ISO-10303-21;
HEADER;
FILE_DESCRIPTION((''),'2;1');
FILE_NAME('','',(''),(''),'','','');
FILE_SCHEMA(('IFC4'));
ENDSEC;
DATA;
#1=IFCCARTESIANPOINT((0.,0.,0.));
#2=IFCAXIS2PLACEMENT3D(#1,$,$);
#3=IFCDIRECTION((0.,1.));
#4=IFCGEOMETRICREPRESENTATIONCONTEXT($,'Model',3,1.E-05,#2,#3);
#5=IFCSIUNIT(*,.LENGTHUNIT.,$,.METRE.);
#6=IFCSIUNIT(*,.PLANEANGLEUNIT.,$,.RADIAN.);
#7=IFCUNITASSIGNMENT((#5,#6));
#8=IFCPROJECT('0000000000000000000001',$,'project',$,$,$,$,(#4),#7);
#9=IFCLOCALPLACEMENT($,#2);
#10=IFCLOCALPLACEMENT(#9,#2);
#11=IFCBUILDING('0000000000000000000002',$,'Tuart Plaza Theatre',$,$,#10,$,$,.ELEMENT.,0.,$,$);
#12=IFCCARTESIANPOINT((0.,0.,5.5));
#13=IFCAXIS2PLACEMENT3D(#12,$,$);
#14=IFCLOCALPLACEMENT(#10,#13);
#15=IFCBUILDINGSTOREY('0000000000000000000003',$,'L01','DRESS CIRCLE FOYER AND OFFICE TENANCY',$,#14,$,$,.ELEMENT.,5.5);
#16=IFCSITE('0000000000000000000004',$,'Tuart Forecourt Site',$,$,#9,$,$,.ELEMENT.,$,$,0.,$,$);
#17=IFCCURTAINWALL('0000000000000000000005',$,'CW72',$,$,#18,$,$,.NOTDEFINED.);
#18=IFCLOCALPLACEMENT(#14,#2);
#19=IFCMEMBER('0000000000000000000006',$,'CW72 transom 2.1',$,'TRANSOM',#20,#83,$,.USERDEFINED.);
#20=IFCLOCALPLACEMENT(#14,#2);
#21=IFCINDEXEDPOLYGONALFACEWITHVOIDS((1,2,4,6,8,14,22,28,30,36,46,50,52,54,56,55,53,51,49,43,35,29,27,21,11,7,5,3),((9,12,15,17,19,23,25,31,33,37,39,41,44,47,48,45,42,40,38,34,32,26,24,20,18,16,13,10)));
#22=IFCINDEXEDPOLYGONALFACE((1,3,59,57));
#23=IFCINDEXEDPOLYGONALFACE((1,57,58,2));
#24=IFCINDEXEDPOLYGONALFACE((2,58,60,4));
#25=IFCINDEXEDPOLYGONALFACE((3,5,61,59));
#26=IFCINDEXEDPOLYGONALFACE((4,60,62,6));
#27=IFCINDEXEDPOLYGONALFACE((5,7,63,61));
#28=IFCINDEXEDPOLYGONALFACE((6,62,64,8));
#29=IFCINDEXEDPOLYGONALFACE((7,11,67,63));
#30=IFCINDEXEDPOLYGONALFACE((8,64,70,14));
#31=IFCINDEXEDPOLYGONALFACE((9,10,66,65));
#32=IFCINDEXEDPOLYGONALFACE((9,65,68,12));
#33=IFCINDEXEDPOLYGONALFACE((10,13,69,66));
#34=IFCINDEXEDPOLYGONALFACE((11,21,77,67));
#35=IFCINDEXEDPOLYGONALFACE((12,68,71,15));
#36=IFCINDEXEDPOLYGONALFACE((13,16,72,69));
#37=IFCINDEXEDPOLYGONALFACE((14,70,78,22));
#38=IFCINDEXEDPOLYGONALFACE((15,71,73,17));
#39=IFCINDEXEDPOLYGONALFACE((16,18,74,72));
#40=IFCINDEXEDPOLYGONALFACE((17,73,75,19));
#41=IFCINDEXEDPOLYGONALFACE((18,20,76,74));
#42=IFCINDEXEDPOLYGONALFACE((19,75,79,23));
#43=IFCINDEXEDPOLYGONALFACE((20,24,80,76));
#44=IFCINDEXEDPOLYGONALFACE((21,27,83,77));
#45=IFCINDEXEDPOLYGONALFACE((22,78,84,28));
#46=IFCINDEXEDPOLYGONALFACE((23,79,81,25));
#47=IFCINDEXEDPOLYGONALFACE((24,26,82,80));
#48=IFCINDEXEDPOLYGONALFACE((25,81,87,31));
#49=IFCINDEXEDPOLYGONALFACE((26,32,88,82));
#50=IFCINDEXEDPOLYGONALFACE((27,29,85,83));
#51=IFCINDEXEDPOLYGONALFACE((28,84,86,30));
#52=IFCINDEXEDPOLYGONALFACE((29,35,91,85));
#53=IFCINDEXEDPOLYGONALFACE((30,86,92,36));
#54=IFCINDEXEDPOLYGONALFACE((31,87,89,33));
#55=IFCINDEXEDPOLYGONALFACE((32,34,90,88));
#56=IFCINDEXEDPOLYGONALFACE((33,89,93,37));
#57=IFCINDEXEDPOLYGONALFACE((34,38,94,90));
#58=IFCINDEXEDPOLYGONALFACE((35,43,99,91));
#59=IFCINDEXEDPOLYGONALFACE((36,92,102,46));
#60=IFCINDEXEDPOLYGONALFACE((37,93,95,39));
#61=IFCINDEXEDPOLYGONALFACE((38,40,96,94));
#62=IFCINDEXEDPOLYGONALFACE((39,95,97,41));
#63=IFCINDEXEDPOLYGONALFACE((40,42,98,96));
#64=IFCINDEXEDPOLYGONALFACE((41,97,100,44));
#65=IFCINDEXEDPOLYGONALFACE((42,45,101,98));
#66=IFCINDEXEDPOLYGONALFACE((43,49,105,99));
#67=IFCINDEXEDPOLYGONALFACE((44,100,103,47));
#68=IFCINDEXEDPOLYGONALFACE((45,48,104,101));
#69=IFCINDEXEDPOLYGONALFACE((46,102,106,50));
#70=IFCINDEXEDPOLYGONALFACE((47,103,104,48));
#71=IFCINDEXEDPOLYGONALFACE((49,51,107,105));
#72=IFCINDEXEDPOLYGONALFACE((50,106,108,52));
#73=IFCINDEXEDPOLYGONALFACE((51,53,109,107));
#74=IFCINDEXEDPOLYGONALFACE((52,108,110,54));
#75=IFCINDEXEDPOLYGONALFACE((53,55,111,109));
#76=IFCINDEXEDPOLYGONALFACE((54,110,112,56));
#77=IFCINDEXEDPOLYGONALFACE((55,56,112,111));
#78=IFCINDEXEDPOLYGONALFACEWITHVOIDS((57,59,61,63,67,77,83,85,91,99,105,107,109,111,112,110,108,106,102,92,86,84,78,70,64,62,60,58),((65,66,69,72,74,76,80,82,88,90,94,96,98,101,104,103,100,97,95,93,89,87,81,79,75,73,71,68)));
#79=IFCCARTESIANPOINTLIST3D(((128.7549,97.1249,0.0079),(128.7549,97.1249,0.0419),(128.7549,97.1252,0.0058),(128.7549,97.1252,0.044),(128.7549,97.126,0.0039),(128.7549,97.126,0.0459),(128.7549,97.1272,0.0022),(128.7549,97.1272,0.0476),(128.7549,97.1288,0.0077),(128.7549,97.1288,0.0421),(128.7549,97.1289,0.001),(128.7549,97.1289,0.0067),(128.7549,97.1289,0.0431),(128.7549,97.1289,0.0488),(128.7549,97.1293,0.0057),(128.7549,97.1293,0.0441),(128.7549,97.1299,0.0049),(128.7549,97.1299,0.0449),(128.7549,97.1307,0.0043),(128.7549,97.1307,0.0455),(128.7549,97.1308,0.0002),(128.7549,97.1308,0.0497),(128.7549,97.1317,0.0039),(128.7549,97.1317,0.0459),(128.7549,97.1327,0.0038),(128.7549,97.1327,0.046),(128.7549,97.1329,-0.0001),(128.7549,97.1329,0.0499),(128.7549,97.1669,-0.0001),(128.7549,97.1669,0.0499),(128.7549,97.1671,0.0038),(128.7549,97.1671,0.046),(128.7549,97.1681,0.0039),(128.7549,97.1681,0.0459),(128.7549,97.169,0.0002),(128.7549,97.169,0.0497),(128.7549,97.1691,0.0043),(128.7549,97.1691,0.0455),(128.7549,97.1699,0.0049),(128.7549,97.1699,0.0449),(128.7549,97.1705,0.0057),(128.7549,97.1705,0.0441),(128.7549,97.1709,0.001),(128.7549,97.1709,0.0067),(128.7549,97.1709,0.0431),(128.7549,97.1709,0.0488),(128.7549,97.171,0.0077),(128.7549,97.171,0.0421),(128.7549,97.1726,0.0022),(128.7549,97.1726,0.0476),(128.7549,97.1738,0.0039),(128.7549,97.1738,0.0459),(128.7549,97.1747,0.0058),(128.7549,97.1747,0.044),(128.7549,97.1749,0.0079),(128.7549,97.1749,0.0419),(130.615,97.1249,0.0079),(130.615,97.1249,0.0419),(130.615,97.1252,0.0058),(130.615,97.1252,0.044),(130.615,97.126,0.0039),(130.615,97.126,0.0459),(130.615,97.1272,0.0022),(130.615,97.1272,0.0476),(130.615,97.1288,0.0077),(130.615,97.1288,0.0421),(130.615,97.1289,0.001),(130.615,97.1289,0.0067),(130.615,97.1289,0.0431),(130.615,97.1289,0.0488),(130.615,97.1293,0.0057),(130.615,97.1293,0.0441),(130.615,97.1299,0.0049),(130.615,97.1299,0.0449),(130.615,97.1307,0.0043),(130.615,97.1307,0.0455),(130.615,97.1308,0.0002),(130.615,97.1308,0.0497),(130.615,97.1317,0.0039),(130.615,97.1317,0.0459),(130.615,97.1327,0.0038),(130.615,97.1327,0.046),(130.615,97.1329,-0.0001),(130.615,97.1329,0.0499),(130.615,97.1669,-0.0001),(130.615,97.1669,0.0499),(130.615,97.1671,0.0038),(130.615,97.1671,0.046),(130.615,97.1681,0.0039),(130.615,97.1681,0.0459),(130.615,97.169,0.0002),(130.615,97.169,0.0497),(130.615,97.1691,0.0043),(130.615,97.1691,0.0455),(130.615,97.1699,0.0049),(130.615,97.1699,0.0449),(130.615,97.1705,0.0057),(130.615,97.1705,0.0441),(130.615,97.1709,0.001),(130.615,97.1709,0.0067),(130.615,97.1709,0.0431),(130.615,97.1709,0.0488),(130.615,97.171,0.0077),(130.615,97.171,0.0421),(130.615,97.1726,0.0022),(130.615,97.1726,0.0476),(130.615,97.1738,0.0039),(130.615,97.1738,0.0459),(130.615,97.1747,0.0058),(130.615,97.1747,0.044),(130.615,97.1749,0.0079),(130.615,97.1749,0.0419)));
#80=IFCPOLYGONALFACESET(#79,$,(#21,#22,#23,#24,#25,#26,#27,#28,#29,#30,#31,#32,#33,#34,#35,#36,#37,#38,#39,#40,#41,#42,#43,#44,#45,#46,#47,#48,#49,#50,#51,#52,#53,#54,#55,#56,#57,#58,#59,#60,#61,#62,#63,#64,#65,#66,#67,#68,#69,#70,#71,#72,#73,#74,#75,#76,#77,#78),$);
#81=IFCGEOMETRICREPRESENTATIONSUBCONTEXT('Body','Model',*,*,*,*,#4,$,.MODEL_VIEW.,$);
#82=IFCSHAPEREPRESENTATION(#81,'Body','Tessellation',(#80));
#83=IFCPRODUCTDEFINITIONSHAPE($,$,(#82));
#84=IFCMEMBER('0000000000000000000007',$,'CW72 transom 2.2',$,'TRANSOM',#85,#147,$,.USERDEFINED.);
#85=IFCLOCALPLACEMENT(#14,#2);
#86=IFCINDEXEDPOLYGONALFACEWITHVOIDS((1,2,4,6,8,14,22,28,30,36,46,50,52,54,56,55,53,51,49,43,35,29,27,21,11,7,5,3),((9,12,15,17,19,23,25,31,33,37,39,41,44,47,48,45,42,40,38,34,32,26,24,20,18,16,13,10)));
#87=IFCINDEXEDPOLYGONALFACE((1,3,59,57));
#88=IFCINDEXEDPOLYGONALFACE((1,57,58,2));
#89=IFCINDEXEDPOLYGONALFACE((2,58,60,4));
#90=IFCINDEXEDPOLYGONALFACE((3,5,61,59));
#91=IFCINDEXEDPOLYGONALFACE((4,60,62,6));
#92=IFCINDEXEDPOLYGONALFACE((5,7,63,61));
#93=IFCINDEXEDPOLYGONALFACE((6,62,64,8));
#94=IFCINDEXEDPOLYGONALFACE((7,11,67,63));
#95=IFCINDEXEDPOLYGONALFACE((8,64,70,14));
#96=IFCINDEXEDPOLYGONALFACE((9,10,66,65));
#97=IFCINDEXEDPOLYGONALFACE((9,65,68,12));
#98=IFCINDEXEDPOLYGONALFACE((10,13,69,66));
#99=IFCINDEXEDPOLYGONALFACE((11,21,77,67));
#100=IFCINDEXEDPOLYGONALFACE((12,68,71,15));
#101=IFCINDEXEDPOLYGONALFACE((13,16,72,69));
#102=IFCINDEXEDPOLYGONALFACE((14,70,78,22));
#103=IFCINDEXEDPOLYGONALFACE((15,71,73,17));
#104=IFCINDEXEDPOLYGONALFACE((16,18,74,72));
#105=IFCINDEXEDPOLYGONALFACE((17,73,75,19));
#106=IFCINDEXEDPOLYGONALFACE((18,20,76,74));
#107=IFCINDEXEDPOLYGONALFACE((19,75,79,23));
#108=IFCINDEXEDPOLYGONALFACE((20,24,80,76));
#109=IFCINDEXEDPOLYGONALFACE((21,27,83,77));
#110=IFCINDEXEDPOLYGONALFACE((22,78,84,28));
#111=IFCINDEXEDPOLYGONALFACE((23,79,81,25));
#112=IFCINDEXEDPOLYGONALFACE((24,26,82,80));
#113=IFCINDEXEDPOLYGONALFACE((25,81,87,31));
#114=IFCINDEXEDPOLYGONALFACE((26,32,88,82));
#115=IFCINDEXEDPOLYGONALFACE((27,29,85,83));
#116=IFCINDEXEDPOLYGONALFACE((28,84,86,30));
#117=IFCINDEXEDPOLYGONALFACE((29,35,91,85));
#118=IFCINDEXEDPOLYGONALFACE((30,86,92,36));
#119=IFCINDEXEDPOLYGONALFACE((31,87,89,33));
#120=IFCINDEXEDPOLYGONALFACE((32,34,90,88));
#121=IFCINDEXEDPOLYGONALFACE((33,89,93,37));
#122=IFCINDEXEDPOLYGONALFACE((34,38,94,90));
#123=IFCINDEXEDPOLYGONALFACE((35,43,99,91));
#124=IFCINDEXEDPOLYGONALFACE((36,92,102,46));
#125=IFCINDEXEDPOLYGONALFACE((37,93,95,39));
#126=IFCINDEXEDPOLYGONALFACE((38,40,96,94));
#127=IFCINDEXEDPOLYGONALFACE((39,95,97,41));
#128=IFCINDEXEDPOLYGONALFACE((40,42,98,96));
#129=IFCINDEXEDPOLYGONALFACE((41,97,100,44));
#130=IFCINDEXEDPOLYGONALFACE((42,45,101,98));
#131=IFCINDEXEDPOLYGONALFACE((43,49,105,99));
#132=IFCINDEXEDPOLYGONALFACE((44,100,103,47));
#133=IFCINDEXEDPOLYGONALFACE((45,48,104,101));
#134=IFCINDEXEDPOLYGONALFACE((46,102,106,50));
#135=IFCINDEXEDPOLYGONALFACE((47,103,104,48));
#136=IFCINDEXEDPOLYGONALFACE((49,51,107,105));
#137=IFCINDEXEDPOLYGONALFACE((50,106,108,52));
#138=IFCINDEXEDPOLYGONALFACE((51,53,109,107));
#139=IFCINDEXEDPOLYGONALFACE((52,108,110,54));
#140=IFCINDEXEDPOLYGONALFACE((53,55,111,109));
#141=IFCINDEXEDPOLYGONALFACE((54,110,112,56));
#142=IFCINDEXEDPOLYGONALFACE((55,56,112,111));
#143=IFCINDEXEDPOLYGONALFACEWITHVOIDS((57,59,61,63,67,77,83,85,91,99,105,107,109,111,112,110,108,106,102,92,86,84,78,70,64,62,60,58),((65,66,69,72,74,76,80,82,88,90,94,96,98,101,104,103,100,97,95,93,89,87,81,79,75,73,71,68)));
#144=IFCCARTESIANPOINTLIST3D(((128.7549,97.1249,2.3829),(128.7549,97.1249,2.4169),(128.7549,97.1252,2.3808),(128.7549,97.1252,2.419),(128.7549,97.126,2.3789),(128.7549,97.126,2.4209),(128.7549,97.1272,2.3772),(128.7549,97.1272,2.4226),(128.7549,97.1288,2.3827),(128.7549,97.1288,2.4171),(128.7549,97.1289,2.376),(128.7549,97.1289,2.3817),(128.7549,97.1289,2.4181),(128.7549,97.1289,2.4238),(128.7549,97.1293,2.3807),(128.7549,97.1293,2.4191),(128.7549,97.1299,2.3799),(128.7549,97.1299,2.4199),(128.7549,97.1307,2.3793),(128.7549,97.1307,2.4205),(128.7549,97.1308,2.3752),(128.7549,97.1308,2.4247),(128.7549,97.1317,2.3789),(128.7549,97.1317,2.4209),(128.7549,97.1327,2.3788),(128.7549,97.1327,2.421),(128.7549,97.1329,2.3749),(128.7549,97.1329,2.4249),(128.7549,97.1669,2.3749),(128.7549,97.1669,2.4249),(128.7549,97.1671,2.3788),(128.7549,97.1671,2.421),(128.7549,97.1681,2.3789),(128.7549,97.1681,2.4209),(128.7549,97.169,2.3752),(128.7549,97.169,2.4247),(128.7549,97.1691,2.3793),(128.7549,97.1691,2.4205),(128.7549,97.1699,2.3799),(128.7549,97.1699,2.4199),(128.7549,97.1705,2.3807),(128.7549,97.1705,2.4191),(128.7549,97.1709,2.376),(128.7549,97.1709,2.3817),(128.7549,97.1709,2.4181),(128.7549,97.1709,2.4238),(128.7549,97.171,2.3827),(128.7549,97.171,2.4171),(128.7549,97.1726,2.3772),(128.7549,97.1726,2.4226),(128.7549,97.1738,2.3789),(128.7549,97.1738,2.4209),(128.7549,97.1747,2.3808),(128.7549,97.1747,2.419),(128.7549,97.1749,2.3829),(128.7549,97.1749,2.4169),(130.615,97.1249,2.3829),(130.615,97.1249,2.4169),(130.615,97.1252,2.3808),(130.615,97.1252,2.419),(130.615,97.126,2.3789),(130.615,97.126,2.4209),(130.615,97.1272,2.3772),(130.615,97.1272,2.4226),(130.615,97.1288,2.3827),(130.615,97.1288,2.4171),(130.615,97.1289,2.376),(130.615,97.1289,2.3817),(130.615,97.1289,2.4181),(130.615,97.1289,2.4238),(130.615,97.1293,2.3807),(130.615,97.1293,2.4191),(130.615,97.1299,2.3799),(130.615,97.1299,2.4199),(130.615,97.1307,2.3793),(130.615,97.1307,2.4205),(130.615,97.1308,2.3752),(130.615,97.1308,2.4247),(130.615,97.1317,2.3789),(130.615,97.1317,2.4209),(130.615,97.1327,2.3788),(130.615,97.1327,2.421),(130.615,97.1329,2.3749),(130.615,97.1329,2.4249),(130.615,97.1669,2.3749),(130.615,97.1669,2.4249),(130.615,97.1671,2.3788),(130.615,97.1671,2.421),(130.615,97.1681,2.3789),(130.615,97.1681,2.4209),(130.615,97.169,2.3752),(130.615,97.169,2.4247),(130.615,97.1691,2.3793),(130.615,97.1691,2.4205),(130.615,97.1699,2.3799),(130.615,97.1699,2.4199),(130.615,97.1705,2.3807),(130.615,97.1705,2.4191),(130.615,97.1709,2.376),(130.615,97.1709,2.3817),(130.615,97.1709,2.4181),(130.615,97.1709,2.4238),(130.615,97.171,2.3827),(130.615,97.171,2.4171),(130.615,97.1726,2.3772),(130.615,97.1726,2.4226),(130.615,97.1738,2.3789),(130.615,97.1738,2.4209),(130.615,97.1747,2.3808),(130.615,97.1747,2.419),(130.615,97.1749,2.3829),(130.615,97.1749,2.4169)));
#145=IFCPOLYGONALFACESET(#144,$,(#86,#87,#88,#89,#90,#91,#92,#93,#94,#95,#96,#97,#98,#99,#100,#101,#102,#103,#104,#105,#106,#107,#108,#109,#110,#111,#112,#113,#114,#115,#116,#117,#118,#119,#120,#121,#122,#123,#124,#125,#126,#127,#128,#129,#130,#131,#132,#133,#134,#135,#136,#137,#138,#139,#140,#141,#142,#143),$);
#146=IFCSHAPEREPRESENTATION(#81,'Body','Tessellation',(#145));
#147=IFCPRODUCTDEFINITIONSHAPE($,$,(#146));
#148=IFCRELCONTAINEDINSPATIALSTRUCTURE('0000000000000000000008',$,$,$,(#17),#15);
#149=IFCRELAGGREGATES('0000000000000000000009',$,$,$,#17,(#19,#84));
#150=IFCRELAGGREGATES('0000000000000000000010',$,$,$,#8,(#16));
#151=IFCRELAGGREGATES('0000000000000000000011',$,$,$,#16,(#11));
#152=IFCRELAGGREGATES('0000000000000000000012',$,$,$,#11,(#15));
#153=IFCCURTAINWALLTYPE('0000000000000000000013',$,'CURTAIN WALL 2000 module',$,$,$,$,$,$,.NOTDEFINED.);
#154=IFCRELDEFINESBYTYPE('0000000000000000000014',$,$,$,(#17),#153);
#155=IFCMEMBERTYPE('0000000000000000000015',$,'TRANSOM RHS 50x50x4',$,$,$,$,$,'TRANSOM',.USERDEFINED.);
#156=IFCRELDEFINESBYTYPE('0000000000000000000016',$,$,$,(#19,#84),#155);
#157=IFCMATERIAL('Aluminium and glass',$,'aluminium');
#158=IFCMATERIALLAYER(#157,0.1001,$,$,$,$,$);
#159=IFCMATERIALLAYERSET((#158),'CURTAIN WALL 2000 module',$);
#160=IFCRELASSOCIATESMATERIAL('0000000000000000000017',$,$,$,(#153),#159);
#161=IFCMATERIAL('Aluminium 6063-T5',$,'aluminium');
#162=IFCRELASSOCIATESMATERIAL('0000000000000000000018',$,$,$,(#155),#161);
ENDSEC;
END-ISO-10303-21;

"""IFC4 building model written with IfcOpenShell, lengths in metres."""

from ifc_helpers import new_model, si_unit, direction, frame, origin, origin_2d, place, context, subcontext, project, spatial, hollow_rectangle, extrude, material, layer, layer_set, material_profile, profile_set, type_object, element, aggregate, save


model = new_model("IFC4")

# Units and contexts
model_context = context("Model", 3, precision=1e-05, world=origin(), true_north=direction((0.0, 1.0)))
body_context = subcontext(model_context, "Body", "Model", "MODEL_VIEW")
ifc_project = project(units=[si_unit("LENGTHUNIT", "METRE"), si_unit("PLANEANGLEUNIT", "RADIAN")], contexts=[model_context])

# Site, building, storey
site_placement = place(None, origin())
site = spatial("IfcSite", under=ifc_project, at=site_placement, Name="Tuart Forecourt Site", CompositionType="ELEMENT", RefElevation=0.0)
building_placement = place(site_placement, origin())
building = spatial("IfcBuilding", under=site, at=building_placement, Name="Tuart Plaza Theatre", CompositionType="ELEMENT", ElevationOfRefHeight=0.0)
storey_placement = place(building_placement, frame((0.0, 0.0, 5.5)))
storey = spatial("IfcBuildingStorey", under=building, at=storey_placement, Name="L01", Description="DRESS CIRCLE FOYER AND OFFICE TENANCY", CompositionType="ELEMENT", Elevation=5.5)

# Curtain wall, members
ifc_material_1 = material(Name="Aluminium and glass", Category="aluminium")
ifc_layer_1 = layer(ifc_material_1, 0.1001)
ifc_layer_set_1 = layer_set([ifc_layer_1], Name="CURTAIN WALL 2000 module")
curtain_wall_type = type_object("IfcCurtainWallType", Name="CURTAIN WALL 2000 module", PredefinedType="NOTDEFINED", material=ifc_layer_set_1)
curtain_wall_placement = place(storey_placement, origin())
curtain_wall = element("IfcCurtainWall", 1, at=curtain_wall_placement, inside=storey, type_object=curtain_wall_type, Name="CW72", PredefinedType="NOTDEFINED")
ifc_material_2 = material(Name="Aluminium 6063-T5", Category="aluminium")
ifc_material_profile_1 = material_profile(ifc_material_2, hollow_rectangle(XDim=0.05, YDim=0.05, WallThickness=0.0039, InnerFilletRadius=0.0039, OuterFilletRadius=0.0081, at=origin_2d()), Name="RHS 50x50x4")
ifc_profile_set_1 = profile_set([ifc_material_profile_1], Name="Aluminium 6063-T5")
member_type_1 = type_object("IfcMemberType", Name="TRANSOM RHS 50x50x4", ElementType="TRANSOM", PredefinedType="USERDEFINED", material=ifc_profile_set_1)
member_1_placement = place(storey_placement, frame((130.615, 97.1499, 0.0249), z_axis=(-1.0, 0.0, 0.0), x_axis=(0.0, -1.0, 0.0)))
member_1 = element("IfcMember", 2, at=member_1_placement, type_object=member_type_1, Name="CW72 transom 2.1", ObjectType="TRANSOM", PredefinedType="USERDEFINED", context=body_context, shape_type="SweptSolid", body=[
    extrude(hollow_rectangle(XDim=0.05, YDim=0.05, WallThickness=0.0039, InnerFilletRadius=0.0039, OuterFilletRadius=0.0081, at=origin_2d()), origin(), (0.0, 0.0, 1.0), 1.8601),
])
member_2_placement = place(storey_placement, frame((130.615, 97.1499, 2.3999), z_axis=(-1.0, 0.0, 0.0), x_axis=(0.0, -1.0, 0.0)))
member_2 = element("IfcMember", 3, at=member_2_placement, type_object=member_type_1, Name="CW72 transom 2.2", ObjectType="TRANSOM", PredefinedType="USERDEFINED", context=body_context, shape_type="SweptSolid", body=[
    extrude(hollow_rectangle(XDim=0.05, YDim=0.05, WallThickness=0.0039, InnerFilletRadius=0.0039, OuterFilletRadius=0.0081, at=origin_2d()), origin(), (0.0, 0.0, 1.0), 1.8601),
])
aggregate(curtain_wall, [member_1, member_2])

save(model, "model.ifc")
